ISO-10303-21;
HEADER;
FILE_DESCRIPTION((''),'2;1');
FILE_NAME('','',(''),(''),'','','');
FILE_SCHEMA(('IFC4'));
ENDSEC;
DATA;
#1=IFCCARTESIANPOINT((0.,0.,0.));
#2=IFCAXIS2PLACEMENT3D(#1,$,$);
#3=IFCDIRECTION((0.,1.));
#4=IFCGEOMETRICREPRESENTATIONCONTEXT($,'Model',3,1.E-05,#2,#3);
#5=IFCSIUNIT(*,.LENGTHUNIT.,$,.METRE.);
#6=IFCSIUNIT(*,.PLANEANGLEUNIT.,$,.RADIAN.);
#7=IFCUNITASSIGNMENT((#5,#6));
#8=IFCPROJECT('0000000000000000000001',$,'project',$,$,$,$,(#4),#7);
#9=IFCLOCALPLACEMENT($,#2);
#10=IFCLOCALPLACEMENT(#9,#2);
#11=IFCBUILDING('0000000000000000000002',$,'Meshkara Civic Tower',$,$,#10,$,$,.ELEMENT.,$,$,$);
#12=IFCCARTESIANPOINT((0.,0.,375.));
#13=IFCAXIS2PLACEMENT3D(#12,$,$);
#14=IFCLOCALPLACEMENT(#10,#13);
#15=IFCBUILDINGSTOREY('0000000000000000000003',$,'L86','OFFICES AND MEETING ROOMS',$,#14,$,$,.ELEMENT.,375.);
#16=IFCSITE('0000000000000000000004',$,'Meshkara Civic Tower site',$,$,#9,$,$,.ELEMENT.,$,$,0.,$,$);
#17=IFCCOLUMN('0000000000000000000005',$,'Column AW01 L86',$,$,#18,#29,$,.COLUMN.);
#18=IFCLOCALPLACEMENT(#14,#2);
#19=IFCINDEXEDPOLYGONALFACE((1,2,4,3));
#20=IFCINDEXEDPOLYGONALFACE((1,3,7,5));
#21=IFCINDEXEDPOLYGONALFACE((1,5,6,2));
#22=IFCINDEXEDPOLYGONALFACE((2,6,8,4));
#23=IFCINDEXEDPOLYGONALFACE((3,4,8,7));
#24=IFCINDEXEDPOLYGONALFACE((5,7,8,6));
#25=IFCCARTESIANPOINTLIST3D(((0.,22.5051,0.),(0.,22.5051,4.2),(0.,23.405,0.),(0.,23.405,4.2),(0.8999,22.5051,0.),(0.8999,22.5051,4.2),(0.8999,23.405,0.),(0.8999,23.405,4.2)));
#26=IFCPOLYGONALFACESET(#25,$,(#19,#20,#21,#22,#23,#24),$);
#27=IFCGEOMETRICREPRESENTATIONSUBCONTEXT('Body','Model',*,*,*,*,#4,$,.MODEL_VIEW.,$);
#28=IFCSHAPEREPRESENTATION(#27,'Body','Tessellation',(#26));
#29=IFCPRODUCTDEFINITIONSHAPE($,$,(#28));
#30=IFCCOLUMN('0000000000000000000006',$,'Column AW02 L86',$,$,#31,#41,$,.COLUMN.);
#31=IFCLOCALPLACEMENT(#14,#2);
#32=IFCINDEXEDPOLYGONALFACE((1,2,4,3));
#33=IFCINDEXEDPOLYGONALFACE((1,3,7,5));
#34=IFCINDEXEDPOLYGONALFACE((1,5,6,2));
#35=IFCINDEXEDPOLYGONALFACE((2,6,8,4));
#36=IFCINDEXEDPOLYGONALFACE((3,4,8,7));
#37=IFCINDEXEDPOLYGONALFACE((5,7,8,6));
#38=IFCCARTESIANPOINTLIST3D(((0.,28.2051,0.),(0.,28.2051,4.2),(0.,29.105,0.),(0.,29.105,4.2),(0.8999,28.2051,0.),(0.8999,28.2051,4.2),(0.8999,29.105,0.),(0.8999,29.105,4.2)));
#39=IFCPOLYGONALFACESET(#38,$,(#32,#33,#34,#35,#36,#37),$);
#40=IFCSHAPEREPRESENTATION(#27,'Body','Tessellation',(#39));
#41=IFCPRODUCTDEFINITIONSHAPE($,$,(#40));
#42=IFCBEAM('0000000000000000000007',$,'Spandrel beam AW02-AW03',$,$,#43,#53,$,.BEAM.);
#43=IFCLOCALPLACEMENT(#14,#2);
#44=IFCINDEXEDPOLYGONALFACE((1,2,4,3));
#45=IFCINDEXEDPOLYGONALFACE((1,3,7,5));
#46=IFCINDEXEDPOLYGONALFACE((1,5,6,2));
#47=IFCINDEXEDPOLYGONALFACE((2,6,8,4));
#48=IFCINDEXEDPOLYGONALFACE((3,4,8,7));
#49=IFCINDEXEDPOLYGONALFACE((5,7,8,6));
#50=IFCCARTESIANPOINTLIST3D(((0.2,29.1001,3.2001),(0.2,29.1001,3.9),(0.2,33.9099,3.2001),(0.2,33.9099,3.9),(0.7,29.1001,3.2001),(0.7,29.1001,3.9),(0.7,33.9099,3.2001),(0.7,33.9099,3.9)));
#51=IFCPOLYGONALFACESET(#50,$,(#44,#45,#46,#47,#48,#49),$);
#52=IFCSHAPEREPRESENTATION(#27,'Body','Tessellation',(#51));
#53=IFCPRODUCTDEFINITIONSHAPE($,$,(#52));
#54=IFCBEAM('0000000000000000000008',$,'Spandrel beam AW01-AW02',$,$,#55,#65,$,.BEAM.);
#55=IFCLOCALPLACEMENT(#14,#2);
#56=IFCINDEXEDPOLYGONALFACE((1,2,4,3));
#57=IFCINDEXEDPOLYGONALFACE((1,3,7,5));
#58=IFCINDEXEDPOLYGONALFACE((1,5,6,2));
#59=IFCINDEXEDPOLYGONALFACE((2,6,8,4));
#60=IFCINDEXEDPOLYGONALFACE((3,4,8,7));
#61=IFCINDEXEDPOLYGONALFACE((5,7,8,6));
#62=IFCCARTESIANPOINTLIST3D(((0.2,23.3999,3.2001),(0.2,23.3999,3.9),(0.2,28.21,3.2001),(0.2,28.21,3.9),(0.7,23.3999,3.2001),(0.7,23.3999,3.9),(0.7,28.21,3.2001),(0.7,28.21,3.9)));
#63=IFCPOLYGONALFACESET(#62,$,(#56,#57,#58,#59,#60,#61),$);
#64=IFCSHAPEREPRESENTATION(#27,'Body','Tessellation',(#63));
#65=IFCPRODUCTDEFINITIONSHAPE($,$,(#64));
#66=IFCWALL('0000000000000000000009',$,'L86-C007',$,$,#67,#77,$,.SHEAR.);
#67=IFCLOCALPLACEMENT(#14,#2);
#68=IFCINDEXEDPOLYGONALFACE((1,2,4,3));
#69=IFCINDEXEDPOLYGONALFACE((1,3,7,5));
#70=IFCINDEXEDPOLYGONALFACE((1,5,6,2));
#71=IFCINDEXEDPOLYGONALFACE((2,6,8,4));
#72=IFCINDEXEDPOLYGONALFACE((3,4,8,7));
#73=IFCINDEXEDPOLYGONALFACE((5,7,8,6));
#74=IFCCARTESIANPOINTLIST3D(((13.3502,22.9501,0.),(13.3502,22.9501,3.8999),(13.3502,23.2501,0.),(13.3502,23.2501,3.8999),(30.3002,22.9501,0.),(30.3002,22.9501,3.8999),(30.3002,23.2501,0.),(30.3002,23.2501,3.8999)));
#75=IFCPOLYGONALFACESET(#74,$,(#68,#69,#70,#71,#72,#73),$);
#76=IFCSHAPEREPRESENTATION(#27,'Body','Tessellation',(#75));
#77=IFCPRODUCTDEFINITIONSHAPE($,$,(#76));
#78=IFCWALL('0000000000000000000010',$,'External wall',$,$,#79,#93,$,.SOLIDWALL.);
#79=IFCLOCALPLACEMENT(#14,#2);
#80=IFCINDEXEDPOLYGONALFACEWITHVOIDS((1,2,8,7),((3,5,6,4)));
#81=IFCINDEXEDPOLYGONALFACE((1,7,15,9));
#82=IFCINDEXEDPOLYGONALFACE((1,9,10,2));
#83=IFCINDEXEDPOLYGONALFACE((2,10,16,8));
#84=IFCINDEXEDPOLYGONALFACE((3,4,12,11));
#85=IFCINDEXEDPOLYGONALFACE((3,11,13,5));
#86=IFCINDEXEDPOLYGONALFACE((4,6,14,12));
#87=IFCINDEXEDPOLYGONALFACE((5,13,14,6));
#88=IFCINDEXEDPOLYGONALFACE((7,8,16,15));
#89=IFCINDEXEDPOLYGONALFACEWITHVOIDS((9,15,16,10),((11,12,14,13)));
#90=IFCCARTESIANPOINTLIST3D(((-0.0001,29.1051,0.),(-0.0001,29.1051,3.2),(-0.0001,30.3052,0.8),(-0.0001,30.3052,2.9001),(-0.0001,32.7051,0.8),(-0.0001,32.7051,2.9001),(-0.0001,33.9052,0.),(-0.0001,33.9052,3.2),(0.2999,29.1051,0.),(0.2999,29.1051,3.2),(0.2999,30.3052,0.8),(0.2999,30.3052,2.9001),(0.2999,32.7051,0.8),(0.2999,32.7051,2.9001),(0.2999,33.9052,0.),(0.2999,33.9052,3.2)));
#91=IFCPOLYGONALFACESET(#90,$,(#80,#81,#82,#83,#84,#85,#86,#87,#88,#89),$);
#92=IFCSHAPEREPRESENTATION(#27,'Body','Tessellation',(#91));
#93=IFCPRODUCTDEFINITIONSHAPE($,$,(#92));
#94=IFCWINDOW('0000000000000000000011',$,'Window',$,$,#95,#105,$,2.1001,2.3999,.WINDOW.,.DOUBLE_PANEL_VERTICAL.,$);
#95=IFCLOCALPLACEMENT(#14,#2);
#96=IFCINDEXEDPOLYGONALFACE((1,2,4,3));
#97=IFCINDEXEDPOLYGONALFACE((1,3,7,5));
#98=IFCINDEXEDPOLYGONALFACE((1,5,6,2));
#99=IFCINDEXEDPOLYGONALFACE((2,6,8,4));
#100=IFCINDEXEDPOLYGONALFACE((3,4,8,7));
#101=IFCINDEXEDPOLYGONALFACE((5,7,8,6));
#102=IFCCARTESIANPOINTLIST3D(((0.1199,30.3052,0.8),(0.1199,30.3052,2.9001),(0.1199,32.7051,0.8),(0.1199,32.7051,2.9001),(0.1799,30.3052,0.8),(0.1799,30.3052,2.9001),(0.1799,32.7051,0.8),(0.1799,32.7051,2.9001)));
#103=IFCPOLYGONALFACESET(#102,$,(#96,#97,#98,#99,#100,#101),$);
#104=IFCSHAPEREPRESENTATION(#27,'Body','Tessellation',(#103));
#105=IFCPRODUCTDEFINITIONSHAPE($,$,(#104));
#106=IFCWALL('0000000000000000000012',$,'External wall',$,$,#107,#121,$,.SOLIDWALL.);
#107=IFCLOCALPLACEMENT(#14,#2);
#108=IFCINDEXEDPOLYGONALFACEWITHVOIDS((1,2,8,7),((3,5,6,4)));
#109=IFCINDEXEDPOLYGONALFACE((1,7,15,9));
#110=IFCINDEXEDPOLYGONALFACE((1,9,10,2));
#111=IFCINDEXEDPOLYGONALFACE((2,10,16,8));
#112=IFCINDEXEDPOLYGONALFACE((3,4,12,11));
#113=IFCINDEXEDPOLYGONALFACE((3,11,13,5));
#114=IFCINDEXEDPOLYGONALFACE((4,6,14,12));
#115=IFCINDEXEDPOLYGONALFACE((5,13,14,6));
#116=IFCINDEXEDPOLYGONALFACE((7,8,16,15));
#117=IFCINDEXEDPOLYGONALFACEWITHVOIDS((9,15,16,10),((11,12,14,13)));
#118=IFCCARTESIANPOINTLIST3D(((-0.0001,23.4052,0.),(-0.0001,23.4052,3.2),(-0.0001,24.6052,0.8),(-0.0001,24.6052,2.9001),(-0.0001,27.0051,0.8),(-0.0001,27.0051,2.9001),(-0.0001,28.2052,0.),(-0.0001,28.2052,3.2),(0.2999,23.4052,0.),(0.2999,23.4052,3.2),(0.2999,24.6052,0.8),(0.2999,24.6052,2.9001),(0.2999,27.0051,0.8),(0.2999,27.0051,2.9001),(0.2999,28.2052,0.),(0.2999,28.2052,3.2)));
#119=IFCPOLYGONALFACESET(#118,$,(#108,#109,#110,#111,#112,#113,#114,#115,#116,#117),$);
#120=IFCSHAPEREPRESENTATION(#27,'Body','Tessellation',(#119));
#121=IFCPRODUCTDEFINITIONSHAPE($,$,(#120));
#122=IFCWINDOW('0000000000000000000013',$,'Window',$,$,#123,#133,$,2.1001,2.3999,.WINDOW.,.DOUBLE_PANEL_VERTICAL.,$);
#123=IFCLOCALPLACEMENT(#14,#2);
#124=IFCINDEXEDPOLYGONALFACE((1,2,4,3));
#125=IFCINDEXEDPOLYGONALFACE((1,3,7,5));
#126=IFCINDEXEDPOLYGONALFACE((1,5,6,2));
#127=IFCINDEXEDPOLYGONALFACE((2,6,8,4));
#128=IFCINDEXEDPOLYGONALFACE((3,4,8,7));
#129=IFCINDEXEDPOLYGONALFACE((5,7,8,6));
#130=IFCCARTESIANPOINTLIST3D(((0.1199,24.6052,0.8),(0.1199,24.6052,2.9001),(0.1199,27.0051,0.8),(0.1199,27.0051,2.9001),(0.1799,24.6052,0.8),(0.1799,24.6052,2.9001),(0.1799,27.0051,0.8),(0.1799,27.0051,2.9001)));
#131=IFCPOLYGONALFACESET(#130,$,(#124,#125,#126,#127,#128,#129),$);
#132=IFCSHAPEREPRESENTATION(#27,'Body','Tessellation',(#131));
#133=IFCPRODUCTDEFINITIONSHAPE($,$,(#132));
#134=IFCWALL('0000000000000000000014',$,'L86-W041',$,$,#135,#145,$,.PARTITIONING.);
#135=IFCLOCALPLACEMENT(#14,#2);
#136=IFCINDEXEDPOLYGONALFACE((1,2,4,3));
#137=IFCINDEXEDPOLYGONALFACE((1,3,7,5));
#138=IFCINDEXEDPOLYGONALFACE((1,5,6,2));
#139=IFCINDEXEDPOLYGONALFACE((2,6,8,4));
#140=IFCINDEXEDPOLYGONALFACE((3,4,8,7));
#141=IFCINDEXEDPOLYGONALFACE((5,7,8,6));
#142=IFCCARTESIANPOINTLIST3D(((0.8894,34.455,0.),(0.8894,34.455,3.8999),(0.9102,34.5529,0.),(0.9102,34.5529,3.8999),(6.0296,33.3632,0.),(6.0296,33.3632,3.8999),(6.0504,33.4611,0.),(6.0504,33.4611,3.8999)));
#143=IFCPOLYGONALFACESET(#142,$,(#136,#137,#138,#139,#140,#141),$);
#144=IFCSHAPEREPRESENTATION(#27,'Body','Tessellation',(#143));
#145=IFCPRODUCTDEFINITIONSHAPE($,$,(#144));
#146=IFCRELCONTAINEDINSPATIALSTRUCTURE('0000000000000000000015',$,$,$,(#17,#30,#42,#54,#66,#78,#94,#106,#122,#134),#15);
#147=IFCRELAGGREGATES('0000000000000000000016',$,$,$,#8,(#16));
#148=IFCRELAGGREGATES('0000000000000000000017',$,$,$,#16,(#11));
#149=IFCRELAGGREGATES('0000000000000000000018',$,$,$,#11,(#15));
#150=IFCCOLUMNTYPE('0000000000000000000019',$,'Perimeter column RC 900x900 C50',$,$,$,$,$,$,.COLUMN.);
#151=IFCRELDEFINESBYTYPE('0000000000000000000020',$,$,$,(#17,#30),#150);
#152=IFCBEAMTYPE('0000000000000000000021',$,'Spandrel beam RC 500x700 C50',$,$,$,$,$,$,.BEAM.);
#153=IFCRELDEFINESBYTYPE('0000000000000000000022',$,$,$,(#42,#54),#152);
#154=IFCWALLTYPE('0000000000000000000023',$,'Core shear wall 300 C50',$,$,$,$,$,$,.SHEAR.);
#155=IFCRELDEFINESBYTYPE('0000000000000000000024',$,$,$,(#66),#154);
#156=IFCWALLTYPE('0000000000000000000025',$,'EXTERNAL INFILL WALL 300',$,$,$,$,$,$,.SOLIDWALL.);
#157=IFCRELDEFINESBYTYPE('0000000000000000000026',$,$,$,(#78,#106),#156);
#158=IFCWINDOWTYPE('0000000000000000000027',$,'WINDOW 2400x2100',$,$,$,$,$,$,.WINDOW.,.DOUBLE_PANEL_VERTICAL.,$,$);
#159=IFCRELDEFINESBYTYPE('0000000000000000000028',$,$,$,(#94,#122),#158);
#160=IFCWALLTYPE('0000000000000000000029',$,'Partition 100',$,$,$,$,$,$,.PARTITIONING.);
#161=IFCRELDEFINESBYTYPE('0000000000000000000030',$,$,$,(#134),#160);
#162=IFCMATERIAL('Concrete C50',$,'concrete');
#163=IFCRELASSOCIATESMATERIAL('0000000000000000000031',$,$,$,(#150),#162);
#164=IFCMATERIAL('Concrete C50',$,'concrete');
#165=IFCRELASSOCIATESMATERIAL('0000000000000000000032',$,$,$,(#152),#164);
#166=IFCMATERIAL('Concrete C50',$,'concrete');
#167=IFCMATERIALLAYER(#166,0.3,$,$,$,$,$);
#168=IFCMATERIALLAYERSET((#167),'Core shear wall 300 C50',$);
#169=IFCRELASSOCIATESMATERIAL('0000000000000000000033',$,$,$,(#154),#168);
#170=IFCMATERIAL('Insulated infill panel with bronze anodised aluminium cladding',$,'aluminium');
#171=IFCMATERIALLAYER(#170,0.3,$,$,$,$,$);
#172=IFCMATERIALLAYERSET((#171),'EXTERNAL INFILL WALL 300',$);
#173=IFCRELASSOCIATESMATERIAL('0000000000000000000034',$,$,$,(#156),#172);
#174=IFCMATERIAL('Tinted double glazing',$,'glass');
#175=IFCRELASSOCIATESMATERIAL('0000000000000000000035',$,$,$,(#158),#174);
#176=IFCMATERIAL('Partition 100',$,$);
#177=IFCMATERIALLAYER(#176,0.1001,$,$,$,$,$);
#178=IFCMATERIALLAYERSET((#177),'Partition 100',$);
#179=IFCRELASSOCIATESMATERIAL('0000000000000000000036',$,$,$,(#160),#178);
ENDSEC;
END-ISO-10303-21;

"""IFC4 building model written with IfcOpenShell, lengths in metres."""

from ifc_helpers import new_model, si_unit, direction, frame, frame_2d, origin, origin_2d, place, context, subcontext, project, spatial, rectangle, extrude, material, layer, layer_set, material_profile, profile_set, type_object, element, fill, save


model = new_model("IFC4")

# Units and contexts
model_context = context("Model", 3, precision=1e-05, world=origin(), true_north=direction((0.0, 1.0)))
body_context = subcontext(model_context, "Body", "Model", "MODEL_VIEW")
ifc_project = project(units=[si_unit("LENGTHUNIT", "METRE"), si_unit("PLANEANGLEUNIT", "RADIAN")], contexts=[model_context])

# Site, building, storey
site_placement = place(None, origin())
site = spatial("IfcSite", under=ifc_project, at=site_placement, Name="Meshkara Civic Tower site", CompositionType="ELEMENT", RefElevation=0.0)
building_placement = place(site_placement, origin())
building = spatial("IfcBuilding", under=site, at=building_placement, Name="Meshkara Civic Tower", CompositionType="ELEMENT")
storey_placement = place(building_placement, frame((0.0, 0.0, 375.0)))
storey = spatial("IfcBuildingStorey", under=building, at=storey_placement, Name="L86", Description="OFFICES AND MEETING ROOMS", CompositionType="ELEMENT", Elevation=375.0)

# Columns
ifc_material_1 = material(Name="Concrete C50", Category="concrete")
ifc_material_profile_1 = material_profile(ifc_material_1, rectangle(XDim=0.8999, YDim=0.8999, at=origin_2d()))
ifc_profile_set_1 = profile_set([ifc_material_profile_1], Name="Concrete C50")
column_type = type_object("IfcColumnType", Name="Perimeter column RC 900x900 C50", PredefinedType="COLUMN", material=ifc_profile_set_1)
for number, where, z_axis, x_axis, name in (
    (1, (0.45, 22.9551, 0.0), (0.0, 0.0, 1.0), (1.0, 0.0, 0.0), "Column AW01 L86"),
    (2, (0.45, 28.655, 0.0), (0.0, 0.0, 1.0), (1.0, 0.0, 0.0), "Column AW02 L86"),
):
    element("IfcColumn", number, at=place(storey_placement, frame(where, z_axis=z_axis, x_axis=x_axis)), inside=storey, type_object=column_type, Name=name, PredefinedType="COLUMN", context=body_context, shape_type="SweptSolid", body=[
        extrude(rectangle(XDim=0.8999, YDim=0.8999, at=origin_2d()), origin(), (0.0, 0.0, 1.0), 4.2),
    ])

# Beams
ifc_material_2 = material(Name="Concrete C50", Category="concrete")
ifc_material_profile_2 = material_profile(ifc_material_2, rectangle(XDim=0.5, YDim=0.7, at=origin_2d()))
ifc_profile_set_2 = profile_set([ifc_material_profile_2], Name="Concrete C50")
beam_type = type_object("IfcBeamType", Name="Spandrel beam RC 500x700 C50", PredefinedType="BEAM", material=ifc_profile_set_2)
beam_1_placement = place(storey_placement, frame((0.45, 33.9099, 3.55), z_axis=(0.0, -1.0, 0.0), x_axis=(1.0, 0.0, 0.0)))
element("IfcBeam", 3, at=beam_1_placement, inside=storey, type_object=beam_type, Name="Spandrel beam AW02-AW03", PredefinedType="BEAM", context=body_context, shape_type="SweptSolid", body=[
    extrude(rectangle(XDim=0.5, YDim=0.7, at=origin_2d()), origin(), (0.0, 0.0, 1.0), 4.8098),
])
beam_2_placement = place(storey_placement, frame((0.45, 28.21, 3.55), z_axis=(0.0, -1.0, 0.0), x_axis=(1.0, 0.0, 0.0)))
element("IfcBeam", 4, at=beam_2_placement, inside=storey, type_object=beam_type, Name="Spandrel beam AW01-AW02", PredefinedType="BEAM", context=body_context, shape_type="SweptSolid", body=[
    extrude(rectangle(XDim=0.5, YDim=0.7, at=origin_2d()), origin(), (0.0, 0.0, 1.0), 4.8101),
])

# Wall
ifc_material_3 = material(Name="Concrete C50", Category="concrete")
ifc_layer_1 = layer(ifc_material_3, 0.3)
ifc_layer_set_1 = layer_set([ifc_layer_1], Name="Core shear wall 300 C50")
wall_type_1 = type_object("IfcWallType", Name="Core shear wall 300 C50", PredefinedType="SHEAR", material=ifc_layer_set_1)
wall_1_placement = place(storey_placement, frame((13.3501, 23.1001, 0.0), z_axis=(0.0, 0.0, 1.0), x_axis=(1.0, 0.0, 0.0)))
element("IfcWall", 5, at=wall_1_placement, inside=storey, type_object=wall_type_1, Name="L86-C007", PredefinedType="SHEAR", context=body_context, shape_type="SweptSolid", body=[
    extrude(rectangle(XDim=16.95, YDim=0.3, at=frame_2d((8.4751, 0.0))), origin(), (0.0, 0.0, 1.0), 3.8999),
])

# Walls, openings, windows
ifc_material_4 = material(Name="Insulated infill panel with bronze anodised aluminium cladding", Category="aluminium")
ifc_layer_2 = layer(ifc_material_4, 0.3)
ifc_layer_set_2 = layer_set([ifc_layer_2], Name="EXTERNAL INFILL WALL 300")
wall_type_2 = type_object("IfcWallType", Name="EXTERNAL INFILL WALL 300", PredefinedType="SOLIDWALL", material=ifc_layer_set_2)
wall_2_placement = place(storey_placement, frame((0.1499, 33.905, 0.0), z_axis=(0.0, 0.0, 1.0), x_axis=(0.0, -1.0, 0.0)))
wall_2 = element("IfcWall", 6, at=wall_2_placement, inside=storey, type_object=wall_type_2, Name="External wall", PredefinedType="SOLIDWALL", context=body_context, shape_type="SweptSolid", body=[
    extrude(rectangle(XDim=4.8, YDim=0.3, at=frame_2d((2.3999, 0.0))), origin(), (0.0, 0.0, 1.0), 3.2),
])
opening_1_placement = place(wall_2_placement, frame((1.2, 0.0, 0.8)))
opening_1 = element("IfcOpeningElement", 7, at=opening_1_placement, cuts=wall_2, PredefinedType="OPENING", context=body_context, shape_type="SweptSolid", body=[
    extrude(rectangle(XDim=2.3999, YDim=2.1001, at=frame_2d((1.2, 1.05))), frame((0.0, 0.1599, 0.0), z_axis=(0.0, -1.0, 0.0), x_axis=(1.0, 0.0, 0.0)), (0.0, 0.0, 1.0), 0.3201),
])
ifc_material_5 = material(Name="Tinted double glazing", Category="glass")
window_type = type_object("IfcWindowType", Name="WINDOW 2400x2100", PartitioningType="DOUBLE_PANEL_VERTICAL", PredefinedType="WINDOW", material=ifc_material_5)
window_1_placement = place(opening_1_placement, origin())
window_1 = element("IfcWindow", 8, at=window_1_placement, inside=storey, type_object=window_type, Name="Window", OverallHeight=2.1001, OverallWidth=2.3999, PartitioningType="DOUBLE_PANEL_VERTICAL", PredefinedType="WINDOW", context=body_context, shape_type="SweptSolid", body=[
    extrude(rectangle(XDim=2.3999, YDim=2.1001, at=frame_2d((1.2, 1.05))), frame((0.0, 0.03, 0.0), z_axis=(0.0, -1.0, 0.0), x_axis=(1.0, 0.0, 0.0)), (0.0, 0.0, 1.0), 0.0601),
])
fill(opening_1, window_1)
wall_3_placement = place(storey_placement, frame((0.1499, 28.2051, 0.0), z_axis=(0.0, 0.0, 1.0), x_axis=(0.0, -1.0, 0.0)))
wall_3 = element("IfcWall", 9, at=wall_3_placement, inside=storey, type_object=wall_type_2, Name="External wall", PredefinedType="SOLIDWALL", context=body_context, shape_type="SweptSolid", body=[
    extrude(rectangle(XDim=4.8, YDim=0.3, at=frame_2d((2.3999, 0.0))), origin(), (0.0, 0.0, 1.0), 3.2),
])
opening_2_placement = place(wall_3_placement, frame((1.2, 0.0, 0.8)))
opening_2 = element("IfcOpeningElement", 10, at=opening_2_placement, cuts=wall_3, PredefinedType="OPENING", context=body_context, shape_type="SweptSolid", body=[
    extrude(rectangle(XDim=2.3999, YDim=2.1001, at=frame_2d((1.2, 1.05))), frame((0.0, 0.1599, 0.0), z_axis=(0.0, -1.0, 0.0), x_axis=(1.0, 0.0, 0.0)), (0.0, 0.0, 1.0), 0.3201),
])
window_2_placement = place(opening_2_placement, origin())
window_2 = element("IfcWindow", 11, at=window_2_placement, inside=storey, type_object=window_type, Name="Window", OverallHeight=2.1001, OverallWidth=2.3999, PartitioningType="DOUBLE_PANEL_VERTICAL", PredefinedType="WINDOW", context=body_context, shape_type="SweptSolid", body=[
    extrude(rectangle(XDim=2.3999, YDim=2.1001, at=frame_2d((1.2, 1.05))), frame((0.0, 0.03, 0.0), z_axis=(0.0, -1.0, 0.0), x_axis=(1.0, 0.0, 0.0)), (0.0, 0.0, 1.0), 0.0601),
])
fill(opening_2, window_2)

# Wall
ifc_material_6 = material(Name="Partition 100")
ifc_layer_3 = layer(ifc_material_6, 0.1001)
ifc_layer_set_3 = layer_set([ifc_layer_3], Name="Partition 100")
wall_type_3 = type_object("IfcWallType", Name="Partition 100", PredefinedType="PARTITIONING", material=ifc_layer_set_3)
wall_4_placement = place(storey_placement, frame((6.04, 33.4121, 0.0), z_axis=(0.0, 0.0, 1.0), x_axis=(-0.978178, 0.207771, 0.0)))
element("IfcWall", 12, at=wall_4_placement, inside=storey, type_object=wall_type_3, Name="L86-W041", PredefinedType="PARTITIONING", context=body_context, shape_type="SweptSolid", body=[
    extrude(rectangle(XDim=5.2549, YDim=0.1001, at=frame_2d((2.6274, 0.0))), origin(), (0.0, 0.0, 1.0), 3.8999),
])

save(model, "model.ifc")
